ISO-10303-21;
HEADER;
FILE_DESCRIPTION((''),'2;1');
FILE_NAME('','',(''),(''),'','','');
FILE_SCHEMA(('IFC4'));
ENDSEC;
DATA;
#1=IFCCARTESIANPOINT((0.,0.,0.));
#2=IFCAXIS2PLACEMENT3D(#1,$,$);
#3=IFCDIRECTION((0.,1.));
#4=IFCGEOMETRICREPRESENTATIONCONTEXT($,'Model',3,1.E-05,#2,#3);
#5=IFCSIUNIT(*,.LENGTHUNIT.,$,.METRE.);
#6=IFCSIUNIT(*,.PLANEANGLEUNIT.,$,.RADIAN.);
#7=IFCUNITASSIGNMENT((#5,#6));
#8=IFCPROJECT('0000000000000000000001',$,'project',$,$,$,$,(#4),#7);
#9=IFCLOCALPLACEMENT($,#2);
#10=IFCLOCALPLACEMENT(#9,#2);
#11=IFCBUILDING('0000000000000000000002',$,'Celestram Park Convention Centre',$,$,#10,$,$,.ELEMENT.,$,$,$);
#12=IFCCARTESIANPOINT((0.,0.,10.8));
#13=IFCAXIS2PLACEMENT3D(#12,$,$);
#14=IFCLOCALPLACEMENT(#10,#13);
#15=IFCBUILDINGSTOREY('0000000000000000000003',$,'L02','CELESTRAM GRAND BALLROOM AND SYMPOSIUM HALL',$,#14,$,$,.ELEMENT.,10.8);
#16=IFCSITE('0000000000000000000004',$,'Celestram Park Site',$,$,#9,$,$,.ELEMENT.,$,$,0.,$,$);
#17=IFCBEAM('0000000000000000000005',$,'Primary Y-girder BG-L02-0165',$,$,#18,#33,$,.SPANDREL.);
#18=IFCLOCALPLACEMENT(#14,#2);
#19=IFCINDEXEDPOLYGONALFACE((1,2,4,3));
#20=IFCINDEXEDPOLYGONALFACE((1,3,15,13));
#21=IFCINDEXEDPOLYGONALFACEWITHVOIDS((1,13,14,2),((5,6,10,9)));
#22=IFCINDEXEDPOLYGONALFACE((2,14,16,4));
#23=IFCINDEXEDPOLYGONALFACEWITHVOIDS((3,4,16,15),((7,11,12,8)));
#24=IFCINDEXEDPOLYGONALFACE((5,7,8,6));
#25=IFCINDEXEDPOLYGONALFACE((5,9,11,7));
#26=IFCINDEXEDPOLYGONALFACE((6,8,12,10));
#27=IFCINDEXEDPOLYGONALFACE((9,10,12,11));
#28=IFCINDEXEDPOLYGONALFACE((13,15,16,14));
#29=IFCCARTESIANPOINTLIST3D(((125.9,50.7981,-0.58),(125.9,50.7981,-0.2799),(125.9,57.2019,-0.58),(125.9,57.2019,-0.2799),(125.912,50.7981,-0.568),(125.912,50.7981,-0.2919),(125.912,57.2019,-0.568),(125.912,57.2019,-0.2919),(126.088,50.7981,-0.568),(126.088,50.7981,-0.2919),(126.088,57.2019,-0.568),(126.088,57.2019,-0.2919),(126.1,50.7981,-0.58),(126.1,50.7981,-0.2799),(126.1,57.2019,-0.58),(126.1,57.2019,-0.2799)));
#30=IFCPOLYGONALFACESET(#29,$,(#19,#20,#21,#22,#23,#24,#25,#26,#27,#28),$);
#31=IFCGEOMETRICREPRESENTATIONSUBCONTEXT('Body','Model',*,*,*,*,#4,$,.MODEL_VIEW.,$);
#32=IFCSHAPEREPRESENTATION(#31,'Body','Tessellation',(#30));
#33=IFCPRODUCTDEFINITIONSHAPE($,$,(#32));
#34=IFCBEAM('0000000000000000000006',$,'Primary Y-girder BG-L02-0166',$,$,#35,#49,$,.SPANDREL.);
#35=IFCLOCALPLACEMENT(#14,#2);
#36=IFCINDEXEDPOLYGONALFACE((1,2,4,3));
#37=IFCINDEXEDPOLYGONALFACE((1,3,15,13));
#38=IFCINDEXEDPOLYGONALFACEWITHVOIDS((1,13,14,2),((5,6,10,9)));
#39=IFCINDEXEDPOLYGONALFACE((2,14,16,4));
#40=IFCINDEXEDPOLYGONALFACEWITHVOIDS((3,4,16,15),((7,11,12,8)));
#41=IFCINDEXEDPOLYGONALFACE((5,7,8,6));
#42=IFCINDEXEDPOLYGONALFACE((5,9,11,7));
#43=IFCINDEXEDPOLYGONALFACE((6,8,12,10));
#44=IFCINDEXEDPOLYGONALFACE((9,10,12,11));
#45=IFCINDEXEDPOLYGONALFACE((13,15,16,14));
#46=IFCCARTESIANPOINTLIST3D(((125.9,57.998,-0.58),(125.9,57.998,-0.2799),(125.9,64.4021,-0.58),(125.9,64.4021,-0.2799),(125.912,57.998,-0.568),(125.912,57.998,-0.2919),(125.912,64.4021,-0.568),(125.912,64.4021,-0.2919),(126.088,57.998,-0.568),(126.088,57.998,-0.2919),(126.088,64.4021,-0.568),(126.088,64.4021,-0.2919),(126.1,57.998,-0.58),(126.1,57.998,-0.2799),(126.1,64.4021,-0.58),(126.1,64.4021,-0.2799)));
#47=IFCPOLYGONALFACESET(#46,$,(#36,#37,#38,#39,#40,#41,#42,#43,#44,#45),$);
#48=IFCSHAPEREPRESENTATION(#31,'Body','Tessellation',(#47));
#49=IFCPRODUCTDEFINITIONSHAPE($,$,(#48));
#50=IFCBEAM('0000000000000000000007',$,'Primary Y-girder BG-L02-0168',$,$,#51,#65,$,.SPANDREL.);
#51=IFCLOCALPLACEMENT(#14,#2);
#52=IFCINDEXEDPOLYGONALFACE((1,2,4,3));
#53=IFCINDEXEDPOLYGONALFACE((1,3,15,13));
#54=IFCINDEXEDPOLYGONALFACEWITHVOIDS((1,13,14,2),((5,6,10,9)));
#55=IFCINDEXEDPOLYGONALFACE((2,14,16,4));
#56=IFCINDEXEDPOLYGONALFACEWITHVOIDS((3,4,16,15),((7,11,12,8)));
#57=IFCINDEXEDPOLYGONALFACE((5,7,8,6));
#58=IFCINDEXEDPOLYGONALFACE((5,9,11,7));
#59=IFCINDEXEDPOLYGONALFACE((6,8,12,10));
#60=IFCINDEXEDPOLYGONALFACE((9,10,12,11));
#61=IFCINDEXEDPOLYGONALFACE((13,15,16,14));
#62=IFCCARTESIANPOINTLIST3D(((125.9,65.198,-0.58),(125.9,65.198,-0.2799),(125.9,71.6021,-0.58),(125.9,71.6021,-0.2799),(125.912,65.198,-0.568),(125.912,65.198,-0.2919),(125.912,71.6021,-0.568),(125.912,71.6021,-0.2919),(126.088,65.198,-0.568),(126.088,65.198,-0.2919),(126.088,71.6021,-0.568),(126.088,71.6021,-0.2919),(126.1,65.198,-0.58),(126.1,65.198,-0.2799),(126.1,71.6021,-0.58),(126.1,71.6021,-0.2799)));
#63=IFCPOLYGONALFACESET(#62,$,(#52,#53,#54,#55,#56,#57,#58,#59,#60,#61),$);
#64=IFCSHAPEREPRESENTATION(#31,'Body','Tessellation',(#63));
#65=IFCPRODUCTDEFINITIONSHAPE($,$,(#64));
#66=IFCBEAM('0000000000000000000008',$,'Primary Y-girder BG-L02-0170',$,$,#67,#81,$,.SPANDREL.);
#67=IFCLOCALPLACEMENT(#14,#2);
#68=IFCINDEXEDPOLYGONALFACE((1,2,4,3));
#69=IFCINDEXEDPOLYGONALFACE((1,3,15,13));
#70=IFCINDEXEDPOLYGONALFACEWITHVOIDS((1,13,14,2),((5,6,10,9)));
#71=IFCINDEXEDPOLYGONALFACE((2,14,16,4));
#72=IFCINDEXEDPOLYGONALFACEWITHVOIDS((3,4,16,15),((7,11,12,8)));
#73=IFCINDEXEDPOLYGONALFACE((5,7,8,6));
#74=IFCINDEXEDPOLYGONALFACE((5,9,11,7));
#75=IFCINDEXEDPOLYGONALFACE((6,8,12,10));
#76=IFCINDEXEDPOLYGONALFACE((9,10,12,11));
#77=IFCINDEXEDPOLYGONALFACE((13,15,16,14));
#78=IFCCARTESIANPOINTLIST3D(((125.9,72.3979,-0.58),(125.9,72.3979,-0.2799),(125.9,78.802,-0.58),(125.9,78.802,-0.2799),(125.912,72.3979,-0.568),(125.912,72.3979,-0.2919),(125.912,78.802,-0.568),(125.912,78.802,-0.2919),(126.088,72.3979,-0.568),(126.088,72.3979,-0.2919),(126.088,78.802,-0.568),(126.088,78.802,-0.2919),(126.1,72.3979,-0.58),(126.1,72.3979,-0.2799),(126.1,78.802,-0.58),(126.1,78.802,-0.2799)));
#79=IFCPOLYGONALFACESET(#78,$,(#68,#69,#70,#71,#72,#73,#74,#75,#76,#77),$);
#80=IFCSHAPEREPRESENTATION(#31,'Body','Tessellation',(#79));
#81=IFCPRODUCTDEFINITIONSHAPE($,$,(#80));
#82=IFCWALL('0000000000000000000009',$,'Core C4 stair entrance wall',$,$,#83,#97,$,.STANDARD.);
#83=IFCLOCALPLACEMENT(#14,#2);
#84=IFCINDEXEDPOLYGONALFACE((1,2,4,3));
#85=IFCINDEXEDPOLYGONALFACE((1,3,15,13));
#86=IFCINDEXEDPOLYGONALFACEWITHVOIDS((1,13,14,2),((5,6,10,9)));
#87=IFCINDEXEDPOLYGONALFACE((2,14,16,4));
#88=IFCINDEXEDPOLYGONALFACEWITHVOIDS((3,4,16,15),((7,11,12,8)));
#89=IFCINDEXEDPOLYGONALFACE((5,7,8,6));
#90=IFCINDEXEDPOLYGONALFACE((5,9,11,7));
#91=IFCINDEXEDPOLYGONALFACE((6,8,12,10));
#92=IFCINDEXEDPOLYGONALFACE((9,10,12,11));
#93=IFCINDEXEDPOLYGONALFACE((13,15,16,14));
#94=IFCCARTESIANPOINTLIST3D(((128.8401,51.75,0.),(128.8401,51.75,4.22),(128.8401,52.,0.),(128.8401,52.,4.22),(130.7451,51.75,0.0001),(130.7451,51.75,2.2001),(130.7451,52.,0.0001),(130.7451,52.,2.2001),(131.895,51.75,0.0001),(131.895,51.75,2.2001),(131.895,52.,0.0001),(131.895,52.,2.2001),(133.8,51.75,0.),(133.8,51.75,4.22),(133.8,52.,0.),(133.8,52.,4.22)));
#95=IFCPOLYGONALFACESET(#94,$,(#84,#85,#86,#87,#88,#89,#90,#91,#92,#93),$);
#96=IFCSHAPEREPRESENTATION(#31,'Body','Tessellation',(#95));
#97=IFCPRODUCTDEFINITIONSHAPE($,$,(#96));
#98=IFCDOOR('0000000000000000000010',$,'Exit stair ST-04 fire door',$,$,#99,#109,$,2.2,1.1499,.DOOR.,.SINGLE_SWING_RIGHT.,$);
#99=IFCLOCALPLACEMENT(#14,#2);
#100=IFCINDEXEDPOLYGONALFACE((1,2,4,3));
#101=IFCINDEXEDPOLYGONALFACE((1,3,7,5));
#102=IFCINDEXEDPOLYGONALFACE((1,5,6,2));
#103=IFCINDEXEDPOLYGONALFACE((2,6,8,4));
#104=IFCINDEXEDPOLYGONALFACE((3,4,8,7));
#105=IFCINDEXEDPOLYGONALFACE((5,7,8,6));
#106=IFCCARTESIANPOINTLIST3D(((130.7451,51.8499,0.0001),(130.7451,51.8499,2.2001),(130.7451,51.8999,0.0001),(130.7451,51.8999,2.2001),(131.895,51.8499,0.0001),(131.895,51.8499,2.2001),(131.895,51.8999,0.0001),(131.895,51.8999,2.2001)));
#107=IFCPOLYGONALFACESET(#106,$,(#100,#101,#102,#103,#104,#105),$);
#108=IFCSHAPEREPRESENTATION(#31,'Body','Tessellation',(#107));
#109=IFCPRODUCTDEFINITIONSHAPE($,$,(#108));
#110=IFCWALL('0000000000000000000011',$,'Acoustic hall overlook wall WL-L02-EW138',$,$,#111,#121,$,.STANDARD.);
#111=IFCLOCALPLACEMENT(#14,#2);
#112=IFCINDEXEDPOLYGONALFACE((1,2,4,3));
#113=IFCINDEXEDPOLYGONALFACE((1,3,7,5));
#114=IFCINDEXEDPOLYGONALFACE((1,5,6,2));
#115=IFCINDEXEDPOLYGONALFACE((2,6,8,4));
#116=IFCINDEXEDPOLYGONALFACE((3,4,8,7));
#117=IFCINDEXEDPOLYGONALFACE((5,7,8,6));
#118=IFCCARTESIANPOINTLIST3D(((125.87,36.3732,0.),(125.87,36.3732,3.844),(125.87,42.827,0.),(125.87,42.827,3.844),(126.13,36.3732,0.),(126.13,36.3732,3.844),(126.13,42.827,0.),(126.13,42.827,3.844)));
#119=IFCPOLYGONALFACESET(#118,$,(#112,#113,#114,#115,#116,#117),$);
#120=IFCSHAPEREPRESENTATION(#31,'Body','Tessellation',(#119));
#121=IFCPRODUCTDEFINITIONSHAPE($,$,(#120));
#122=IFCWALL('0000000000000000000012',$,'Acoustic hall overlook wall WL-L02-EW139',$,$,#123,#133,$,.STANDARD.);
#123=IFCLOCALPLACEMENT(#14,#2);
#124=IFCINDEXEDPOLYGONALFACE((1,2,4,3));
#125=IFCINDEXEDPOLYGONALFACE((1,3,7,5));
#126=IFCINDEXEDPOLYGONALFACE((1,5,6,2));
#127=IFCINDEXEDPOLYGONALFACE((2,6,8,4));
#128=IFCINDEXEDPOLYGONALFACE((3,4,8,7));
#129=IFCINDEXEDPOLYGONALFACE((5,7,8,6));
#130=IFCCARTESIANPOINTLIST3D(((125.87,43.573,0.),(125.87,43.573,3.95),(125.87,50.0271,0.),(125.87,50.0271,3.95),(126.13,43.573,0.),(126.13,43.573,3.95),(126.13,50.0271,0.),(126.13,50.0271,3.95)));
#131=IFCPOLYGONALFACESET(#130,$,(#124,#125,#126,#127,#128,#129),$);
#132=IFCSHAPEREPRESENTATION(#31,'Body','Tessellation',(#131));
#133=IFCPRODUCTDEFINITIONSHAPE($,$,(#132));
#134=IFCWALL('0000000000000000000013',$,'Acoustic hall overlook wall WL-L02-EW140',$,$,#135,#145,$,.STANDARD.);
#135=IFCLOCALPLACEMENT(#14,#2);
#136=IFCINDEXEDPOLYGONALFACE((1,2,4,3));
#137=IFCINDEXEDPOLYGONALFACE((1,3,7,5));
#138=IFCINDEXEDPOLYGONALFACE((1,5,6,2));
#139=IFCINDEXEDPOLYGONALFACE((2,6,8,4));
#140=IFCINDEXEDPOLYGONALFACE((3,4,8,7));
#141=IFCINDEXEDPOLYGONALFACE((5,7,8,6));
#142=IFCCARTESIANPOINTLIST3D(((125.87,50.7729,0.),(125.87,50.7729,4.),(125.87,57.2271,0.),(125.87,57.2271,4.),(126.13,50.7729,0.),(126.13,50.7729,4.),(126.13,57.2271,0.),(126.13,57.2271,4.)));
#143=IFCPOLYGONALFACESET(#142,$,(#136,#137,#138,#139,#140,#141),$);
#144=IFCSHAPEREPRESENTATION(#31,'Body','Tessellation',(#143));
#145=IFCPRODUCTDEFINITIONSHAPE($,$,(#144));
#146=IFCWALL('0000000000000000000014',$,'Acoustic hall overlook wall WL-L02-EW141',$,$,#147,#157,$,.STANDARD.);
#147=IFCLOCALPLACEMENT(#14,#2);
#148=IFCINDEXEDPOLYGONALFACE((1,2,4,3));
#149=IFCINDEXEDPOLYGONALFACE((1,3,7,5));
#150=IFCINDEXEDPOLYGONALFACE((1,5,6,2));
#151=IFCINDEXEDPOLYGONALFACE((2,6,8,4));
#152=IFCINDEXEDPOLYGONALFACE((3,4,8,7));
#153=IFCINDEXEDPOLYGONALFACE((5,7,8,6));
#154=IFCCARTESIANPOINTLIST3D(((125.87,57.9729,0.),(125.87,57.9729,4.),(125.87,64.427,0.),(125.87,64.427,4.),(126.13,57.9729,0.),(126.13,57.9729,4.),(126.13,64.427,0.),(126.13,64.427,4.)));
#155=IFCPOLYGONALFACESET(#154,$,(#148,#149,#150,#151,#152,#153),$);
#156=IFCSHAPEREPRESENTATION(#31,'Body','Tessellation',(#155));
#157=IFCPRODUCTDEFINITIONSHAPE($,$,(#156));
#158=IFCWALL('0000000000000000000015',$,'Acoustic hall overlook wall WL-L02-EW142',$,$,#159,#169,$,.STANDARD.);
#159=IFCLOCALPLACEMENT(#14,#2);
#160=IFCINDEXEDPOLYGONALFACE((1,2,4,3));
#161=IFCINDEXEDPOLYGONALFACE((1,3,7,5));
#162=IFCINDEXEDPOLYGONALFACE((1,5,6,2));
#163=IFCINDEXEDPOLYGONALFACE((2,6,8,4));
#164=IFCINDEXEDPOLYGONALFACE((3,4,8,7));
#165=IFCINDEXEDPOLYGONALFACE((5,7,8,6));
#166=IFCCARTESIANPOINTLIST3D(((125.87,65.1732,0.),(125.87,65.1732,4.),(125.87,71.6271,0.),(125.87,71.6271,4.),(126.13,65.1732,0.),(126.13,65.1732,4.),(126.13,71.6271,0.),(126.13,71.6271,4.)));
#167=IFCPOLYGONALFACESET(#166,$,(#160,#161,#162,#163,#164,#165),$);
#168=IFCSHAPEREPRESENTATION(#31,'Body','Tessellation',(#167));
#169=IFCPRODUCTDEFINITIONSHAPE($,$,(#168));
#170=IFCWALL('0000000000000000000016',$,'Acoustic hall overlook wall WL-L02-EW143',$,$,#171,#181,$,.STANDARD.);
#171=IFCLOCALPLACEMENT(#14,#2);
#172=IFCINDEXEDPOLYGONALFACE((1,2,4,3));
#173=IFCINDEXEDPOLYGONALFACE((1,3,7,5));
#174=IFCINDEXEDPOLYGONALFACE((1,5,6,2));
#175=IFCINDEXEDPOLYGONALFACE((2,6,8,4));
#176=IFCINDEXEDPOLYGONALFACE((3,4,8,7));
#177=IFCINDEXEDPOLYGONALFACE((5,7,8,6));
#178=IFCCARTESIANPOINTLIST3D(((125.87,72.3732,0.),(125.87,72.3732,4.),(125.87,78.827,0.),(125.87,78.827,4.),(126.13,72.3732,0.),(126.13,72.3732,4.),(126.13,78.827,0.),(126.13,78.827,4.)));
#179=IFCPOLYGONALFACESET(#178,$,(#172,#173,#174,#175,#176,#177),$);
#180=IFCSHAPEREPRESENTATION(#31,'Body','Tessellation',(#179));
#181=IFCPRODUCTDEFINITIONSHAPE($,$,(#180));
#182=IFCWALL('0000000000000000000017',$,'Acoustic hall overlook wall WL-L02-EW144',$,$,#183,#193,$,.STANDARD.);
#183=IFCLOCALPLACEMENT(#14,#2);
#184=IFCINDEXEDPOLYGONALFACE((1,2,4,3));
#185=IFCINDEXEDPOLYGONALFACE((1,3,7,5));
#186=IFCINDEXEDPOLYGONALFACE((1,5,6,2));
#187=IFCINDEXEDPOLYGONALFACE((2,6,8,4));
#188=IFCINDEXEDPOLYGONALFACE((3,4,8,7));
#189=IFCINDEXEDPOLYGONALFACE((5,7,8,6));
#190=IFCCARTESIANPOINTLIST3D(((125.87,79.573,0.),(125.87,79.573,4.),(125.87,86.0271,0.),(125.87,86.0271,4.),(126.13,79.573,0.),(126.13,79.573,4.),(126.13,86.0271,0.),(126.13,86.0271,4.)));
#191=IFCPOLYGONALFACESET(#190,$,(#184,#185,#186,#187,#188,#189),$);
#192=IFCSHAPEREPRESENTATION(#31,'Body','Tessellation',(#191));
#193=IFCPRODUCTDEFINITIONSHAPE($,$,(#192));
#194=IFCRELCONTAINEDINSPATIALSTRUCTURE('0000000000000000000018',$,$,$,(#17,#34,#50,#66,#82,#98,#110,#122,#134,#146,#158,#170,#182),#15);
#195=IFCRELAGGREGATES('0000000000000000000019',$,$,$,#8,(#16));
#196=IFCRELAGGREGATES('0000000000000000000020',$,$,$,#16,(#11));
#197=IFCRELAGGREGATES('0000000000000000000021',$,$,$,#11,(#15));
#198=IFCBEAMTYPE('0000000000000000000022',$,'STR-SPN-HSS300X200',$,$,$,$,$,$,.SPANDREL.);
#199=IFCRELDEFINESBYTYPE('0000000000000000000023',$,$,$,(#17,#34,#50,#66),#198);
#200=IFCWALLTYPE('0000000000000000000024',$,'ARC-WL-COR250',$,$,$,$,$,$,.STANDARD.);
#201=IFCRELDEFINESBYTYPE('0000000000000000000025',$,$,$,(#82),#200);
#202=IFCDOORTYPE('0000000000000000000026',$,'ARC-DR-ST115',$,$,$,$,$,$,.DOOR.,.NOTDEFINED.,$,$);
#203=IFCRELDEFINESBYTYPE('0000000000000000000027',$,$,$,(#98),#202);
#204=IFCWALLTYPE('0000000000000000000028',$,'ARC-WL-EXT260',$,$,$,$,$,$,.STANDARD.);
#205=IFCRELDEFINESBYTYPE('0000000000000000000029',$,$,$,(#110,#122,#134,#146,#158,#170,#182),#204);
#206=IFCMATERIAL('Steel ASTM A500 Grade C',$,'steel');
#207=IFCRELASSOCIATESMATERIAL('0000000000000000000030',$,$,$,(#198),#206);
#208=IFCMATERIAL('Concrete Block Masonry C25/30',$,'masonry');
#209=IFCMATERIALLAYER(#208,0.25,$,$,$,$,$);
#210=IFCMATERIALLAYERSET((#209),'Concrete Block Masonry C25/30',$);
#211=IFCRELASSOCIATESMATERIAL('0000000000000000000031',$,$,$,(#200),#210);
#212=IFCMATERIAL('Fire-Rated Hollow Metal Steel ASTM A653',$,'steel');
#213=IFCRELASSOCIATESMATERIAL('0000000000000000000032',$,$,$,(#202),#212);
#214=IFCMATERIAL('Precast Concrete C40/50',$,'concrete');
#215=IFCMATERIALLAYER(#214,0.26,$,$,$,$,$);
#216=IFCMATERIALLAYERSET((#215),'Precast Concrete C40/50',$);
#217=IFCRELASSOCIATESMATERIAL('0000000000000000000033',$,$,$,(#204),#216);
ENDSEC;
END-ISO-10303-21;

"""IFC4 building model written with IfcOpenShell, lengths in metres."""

from ifc_helpers import new_model, si_unit, direction, frame, frame_2d, origin, origin_2d, place, context, subcontext, project, spatial, rectangle, hollow_rectangle, extrude, material, layer, layer_set, material_profile, profile_set, type_object, element, fill, save


model = new_model("IFC4")

# Units and contexts
model_context = context("Model", 3, precision=1e-05, world=origin(), true_north=direction((0.0, 1.0)))
body_context = subcontext(model_context, "Body", "Model", "MODEL_VIEW")
ifc_project = project(units=[si_unit("LENGTHUNIT", "METRE"), si_unit("PLANEANGLEUNIT", "RADIAN")], contexts=[model_context])

# Site, building, storey
site_placement = place(None, origin())
site = spatial("IfcSite", under=ifc_project, at=site_placement, Name="Celestram Park Site", CompositionType="ELEMENT", RefElevation=0.0)
building_placement = place(site_placement, origin())
building = spatial("IfcBuilding", under=site, at=building_placement, Name="Celestram Park Convention Centre", CompositionType="ELEMENT")
storey_placement = place(building_placement, frame((0.0, 0.0, 10.8)))
storey = spatial("IfcBuildingStorey", under=building, at=storey_placement, Name="L02", Description="CELESTRAM GRAND BALLROOM AND SYMPOSIUM HALL", CompositionType="ELEMENT", Elevation=10.8)

# Beams
ifc_material_1 = material(Name="Steel ASTM A500 Grade C", Category="steel")
ifc_material_profile_1 = material_profile(ifc_material_1, hollow_rectangle(XDim=0.2, YDim=0.3, WallThickness=0.012, at=origin_2d()), Name="HSS300X200X12")
ifc_profile_set_1 = profile_set([ifc_material_profile_1], Name="Steel ASTM A500 Grade C")
beam_type_1 = type_object("IfcBeamType", Name="STR-SPN-HSS300X200", PredefinedType="SPANDREL", material=ifc_profile_set_1)
beam_placement = place(storey_placement, frame((126.0, 50.7981, -0.4299), z_axis=(0.0, 1.0, 0.0), x_axis=(-1.0, 0.0, 0.0)))
element("IfcBeam", 1, at=beam_placement, inside=storey, type_object=beam_type_1, Name="Primary Y-girder BG-L02-0165", PredefinedType="SPANDREL", context=body_context, shape_type="SweptSolid", body=[
    extrude(hollow_rectangle(XDim=0.2, YDim=0.3, WallThickness=0.012, at=origin_2d()), origin(), (0.0, 0.0, 1.0), 6.4038),
])
for number, where, z_axis, x_axis, name in (
    (2, (126.0, 57.998, -0.4299), (0.0, 1.0, 0.0), (-1.0, 0.0, 0.0), "Primary Y-girder BG-L02-0166"),
    (3, (126.0, 65.198, -0.4299), (0.0, 1.0, 0.0), (-1.0, 0.0, 0.0), "Primary Y-girder BG-L02-0168"),
    (4, (126.0, 72.3979, -0.4299), (0.0, 1.0, 0.0), (-1.0, 0.0, 0.0), "Primary Y-girder BG-L02-0170"),
):
    element("IfcBeam", number, at=place(storey_placement, frame(where, z_axis=z_axis, x_axis=x_axis)), inside=storey, type_object=beam_type_1, Name=name, PredefinedType="SPANDREL", context=body_context, shape_type="SweptSolid", body=[
        extrude(hollow_rectangle(XDim=0.2, YDim=0.3, WallThickness=0.012, at=origin_2d()), origin(), (0.0, 0.0, 1.0), 6.4041),
    ])

# Wall, opening, door
ifc_material_2 = material(Name="Concrete Block Masonry C25/30", Category="masonry")
ifc_layer_1 = layer(ifc_material_2, 0.25)
ifc_layer_set_1 = layer_set([ifc_layer_1], Name="Concrete Block Masonry C25/30")
wall_type_1 = type_object("IfcWallType", Name="ARC-WL-COR250", PredefinedType="STANDARD", material=ifc_layer_set_1)
wall_1_placement = place(storey_placement, frame((128.8401, 51.875, 0.0), z_axis=(0.0, 0.0, 1.0), x_axis=(1.0, 0.0, 0.0)))
wall_1 = element("IfcWall", 5, at=wall_1_placement, inside=storey, type_object=wall_type_1, Name="Core C4 stair entrance wall", PredefinedType="STANDARD", context=body_context, shape_type="SweptSolid", body=[
    extrude(rectangle(XDim=4.96, YDim=0.25, at=frame_2d((2.48, 0.0))), origin(), (0.0, 0.0, 1.0), 4.22),
])
opening_placement = place(wall_1_placement, frame((1.905, 0.0, 0.0)))
opening = element("IfcOpeningElement", 6, at=opening_placement, cuts=wall_1, PredefinedType="OPENING", context=body_context, shape_type="SweptSolid", body=[
    extrude(rectangle(XDim=1.1499, YDim=2.2, at=frame_2d((0.575, 1.1001))), frame((0.0, 0.135, 0.0), z_axis=(0.0, -1.0, 0.0), x_axis=(1.0, 0.0, 0.0)), (0.0, 0.0, 1.0), 0.27),
])
ifc_material_3 = material(Name="Fire-Rated Hollow Metal Steel ASTM A653", Category="steel")
door_type = type_object("IfcDoorType", Name="ARC-DR-ST115", OperationType="NOTDEFINED", PredefinedType="DOOR", material=ifc_material_3)
door_placement = place(opening_placement, origin())
door = element("IfcDoor", 7, at=door_placement, inside=storey, type_object=door_type, Name="Exit stair ST-04 fire door", OperationType="SINGLE_SWING_RIGHT", OverallHeight=2.2, OverallWidth=1.1499, PredefinedType="DOOR", context=body_context, shape_type="SweptSolid", body=[
    extrude(rectangle(XDim=1.1499, YDim=2.2, at=frame_2d((0.575, 1.1001))), frame((0.0, 0.0249, 0.0), z_axis=(0.0, -1.0, 0.0), x_axis=(1.0, 0.0, 0.0)), (0.0, 0.0, 1.0), 0.05),
])
fill(opening, door)

# Walls
ifc_material_4 = material(Name="Precast Concrete C40/50", Category="concrete")
ifc_layer_2 = layer(ifc_material_4, 0.26)
ifc_layer_set_2 = layer_set([ifc_layer_2], Name="Precast Concrete C40/50")
wall_type_2 = type_object("IfcWallType", Name="ARC-WL-EXT260", PredefinedType="STANDARD", material=ifc_layer_set_2)
wall_2_placement = place(storey_placement, frame((126.0, 36.373, 0.0), z_axis=(0.0, 0.0, 1.0), x_axis=(0.0, 1.0, 0.0)))
element("IfcWall", 8, at=wall_2_placement, inside=storey, type_object=wall_type_2, Name="Acoustic hall overlook wall WL-L02-EW138", PredefinedType="STANDARD", context=body_context, shape_type="SweptSolid", body=[
    extrude(rectangle(XDim=6.4539, YDim=0.26, at=frame_2d((3.2271, 0.0))), origin(), (0.0, 0.0, 1.0), 3.844),
])
wall_3_placement = place(storey_placement, frame((126.0, 43.573, 0.0), z_axis=(0.0, 0.0, 1.0), x_axis=(0.0, 1.0, 0.0)))
element("IfcWall", 9, at=wall_3_placement, inside=storey, type_object=wall_type_2, Name="Acoustic hall overlook wall WL-L02-EW139", PredefinedType="STANDARD", context=body_context, shape_type="SweptSolid", body=[
    extrude(rectangle(XDim=6.4541, YDim=0.26, at=frame_2d((3.2271, 0.0))), origin(), (0.0, 0.0, 1.0), 3.95),
])
for number, where, z_axis, x_axis, name in (
    (10, (126.0, 50.7729, 0.0), (0.0, 0.0, 1.0), (0.0, 1.0, 0.0), "Acoustic hall overlook wall WL-L02-EW140"),
    (11, (126.0, 57.9729, 0.0), (0.0, 0.0, 1.0), (0.0, 1.0, 0.0), "Acoustic hall overlook wall WL-L02-EW141"),
):
    element("IfcWall", number, at=place(storey_placement, frame(where, z_axis=z_axis, x_axis=x_axis)), inside=storey, type_object=wall_type_2, Name=name, PredefinedType="STANDARD", context=body_context, shape_type="SweptSolid", body=[
        extrude(rectangle(XDim=6.4541, YDim=0.26, at=frame_2d((3.2271, 0.0))), origin(), (0.0, 0.0, 1.0), 4.0),
    ])
for number, where, z_axis, x_axis, name in (
    (12, (126.0, 65.1731, 0.0), (0.0, 0.0, 1.0), (0.0, 1.0, 0.0), "Acoustic hall overlook wall WL-L02-EW142"),
    (13, (126.0, 72.373, 0.0), (0.0, 0.0, 1.0), (0.0, 1.0, 0.0), "Acoustic hall overlook wall WL-L02-EW143"),
):
    element("IfcWall", number, at=place(storey_placement, frame(where, z_axis=z_axis, x_axis=x_axis)), inside=storey, type_object=wall_type_2, Name=name, PredefinedType="STANDARD", context=body_context, shape_type="SweptSolid", body=[
        extrude(rectangle(XDim=6.4539, YDim=0.26, at=frame_2d((3.2271, 0.0))), origin(), (0.0, 0.0, 1.0), 4.0),
    ])
wall_4_placement = place(storey_placement, frame((126.0, 79.573, 0.0), z_axis=(0.0, 0.0, 1.0), x_axis=(0.0, 1.0, 0.0)))
element("IfcWall", 14, at=wall_4_placement, inside=storey, type_object=wall_type_2, Name="Acoustic hall overlook wall WL-L02-EW144", PredefinedType="STANDARD", context=body_context, shape_type="SweptSolid", body=[
    extrude(rectangle(XDim=6.4541, YDim=0.26, at=frame_2d((3.2271, 0.0))), origin(), (0.0, 0.0, 1.0), 4.0),
])

save(model, "model.ifc")
